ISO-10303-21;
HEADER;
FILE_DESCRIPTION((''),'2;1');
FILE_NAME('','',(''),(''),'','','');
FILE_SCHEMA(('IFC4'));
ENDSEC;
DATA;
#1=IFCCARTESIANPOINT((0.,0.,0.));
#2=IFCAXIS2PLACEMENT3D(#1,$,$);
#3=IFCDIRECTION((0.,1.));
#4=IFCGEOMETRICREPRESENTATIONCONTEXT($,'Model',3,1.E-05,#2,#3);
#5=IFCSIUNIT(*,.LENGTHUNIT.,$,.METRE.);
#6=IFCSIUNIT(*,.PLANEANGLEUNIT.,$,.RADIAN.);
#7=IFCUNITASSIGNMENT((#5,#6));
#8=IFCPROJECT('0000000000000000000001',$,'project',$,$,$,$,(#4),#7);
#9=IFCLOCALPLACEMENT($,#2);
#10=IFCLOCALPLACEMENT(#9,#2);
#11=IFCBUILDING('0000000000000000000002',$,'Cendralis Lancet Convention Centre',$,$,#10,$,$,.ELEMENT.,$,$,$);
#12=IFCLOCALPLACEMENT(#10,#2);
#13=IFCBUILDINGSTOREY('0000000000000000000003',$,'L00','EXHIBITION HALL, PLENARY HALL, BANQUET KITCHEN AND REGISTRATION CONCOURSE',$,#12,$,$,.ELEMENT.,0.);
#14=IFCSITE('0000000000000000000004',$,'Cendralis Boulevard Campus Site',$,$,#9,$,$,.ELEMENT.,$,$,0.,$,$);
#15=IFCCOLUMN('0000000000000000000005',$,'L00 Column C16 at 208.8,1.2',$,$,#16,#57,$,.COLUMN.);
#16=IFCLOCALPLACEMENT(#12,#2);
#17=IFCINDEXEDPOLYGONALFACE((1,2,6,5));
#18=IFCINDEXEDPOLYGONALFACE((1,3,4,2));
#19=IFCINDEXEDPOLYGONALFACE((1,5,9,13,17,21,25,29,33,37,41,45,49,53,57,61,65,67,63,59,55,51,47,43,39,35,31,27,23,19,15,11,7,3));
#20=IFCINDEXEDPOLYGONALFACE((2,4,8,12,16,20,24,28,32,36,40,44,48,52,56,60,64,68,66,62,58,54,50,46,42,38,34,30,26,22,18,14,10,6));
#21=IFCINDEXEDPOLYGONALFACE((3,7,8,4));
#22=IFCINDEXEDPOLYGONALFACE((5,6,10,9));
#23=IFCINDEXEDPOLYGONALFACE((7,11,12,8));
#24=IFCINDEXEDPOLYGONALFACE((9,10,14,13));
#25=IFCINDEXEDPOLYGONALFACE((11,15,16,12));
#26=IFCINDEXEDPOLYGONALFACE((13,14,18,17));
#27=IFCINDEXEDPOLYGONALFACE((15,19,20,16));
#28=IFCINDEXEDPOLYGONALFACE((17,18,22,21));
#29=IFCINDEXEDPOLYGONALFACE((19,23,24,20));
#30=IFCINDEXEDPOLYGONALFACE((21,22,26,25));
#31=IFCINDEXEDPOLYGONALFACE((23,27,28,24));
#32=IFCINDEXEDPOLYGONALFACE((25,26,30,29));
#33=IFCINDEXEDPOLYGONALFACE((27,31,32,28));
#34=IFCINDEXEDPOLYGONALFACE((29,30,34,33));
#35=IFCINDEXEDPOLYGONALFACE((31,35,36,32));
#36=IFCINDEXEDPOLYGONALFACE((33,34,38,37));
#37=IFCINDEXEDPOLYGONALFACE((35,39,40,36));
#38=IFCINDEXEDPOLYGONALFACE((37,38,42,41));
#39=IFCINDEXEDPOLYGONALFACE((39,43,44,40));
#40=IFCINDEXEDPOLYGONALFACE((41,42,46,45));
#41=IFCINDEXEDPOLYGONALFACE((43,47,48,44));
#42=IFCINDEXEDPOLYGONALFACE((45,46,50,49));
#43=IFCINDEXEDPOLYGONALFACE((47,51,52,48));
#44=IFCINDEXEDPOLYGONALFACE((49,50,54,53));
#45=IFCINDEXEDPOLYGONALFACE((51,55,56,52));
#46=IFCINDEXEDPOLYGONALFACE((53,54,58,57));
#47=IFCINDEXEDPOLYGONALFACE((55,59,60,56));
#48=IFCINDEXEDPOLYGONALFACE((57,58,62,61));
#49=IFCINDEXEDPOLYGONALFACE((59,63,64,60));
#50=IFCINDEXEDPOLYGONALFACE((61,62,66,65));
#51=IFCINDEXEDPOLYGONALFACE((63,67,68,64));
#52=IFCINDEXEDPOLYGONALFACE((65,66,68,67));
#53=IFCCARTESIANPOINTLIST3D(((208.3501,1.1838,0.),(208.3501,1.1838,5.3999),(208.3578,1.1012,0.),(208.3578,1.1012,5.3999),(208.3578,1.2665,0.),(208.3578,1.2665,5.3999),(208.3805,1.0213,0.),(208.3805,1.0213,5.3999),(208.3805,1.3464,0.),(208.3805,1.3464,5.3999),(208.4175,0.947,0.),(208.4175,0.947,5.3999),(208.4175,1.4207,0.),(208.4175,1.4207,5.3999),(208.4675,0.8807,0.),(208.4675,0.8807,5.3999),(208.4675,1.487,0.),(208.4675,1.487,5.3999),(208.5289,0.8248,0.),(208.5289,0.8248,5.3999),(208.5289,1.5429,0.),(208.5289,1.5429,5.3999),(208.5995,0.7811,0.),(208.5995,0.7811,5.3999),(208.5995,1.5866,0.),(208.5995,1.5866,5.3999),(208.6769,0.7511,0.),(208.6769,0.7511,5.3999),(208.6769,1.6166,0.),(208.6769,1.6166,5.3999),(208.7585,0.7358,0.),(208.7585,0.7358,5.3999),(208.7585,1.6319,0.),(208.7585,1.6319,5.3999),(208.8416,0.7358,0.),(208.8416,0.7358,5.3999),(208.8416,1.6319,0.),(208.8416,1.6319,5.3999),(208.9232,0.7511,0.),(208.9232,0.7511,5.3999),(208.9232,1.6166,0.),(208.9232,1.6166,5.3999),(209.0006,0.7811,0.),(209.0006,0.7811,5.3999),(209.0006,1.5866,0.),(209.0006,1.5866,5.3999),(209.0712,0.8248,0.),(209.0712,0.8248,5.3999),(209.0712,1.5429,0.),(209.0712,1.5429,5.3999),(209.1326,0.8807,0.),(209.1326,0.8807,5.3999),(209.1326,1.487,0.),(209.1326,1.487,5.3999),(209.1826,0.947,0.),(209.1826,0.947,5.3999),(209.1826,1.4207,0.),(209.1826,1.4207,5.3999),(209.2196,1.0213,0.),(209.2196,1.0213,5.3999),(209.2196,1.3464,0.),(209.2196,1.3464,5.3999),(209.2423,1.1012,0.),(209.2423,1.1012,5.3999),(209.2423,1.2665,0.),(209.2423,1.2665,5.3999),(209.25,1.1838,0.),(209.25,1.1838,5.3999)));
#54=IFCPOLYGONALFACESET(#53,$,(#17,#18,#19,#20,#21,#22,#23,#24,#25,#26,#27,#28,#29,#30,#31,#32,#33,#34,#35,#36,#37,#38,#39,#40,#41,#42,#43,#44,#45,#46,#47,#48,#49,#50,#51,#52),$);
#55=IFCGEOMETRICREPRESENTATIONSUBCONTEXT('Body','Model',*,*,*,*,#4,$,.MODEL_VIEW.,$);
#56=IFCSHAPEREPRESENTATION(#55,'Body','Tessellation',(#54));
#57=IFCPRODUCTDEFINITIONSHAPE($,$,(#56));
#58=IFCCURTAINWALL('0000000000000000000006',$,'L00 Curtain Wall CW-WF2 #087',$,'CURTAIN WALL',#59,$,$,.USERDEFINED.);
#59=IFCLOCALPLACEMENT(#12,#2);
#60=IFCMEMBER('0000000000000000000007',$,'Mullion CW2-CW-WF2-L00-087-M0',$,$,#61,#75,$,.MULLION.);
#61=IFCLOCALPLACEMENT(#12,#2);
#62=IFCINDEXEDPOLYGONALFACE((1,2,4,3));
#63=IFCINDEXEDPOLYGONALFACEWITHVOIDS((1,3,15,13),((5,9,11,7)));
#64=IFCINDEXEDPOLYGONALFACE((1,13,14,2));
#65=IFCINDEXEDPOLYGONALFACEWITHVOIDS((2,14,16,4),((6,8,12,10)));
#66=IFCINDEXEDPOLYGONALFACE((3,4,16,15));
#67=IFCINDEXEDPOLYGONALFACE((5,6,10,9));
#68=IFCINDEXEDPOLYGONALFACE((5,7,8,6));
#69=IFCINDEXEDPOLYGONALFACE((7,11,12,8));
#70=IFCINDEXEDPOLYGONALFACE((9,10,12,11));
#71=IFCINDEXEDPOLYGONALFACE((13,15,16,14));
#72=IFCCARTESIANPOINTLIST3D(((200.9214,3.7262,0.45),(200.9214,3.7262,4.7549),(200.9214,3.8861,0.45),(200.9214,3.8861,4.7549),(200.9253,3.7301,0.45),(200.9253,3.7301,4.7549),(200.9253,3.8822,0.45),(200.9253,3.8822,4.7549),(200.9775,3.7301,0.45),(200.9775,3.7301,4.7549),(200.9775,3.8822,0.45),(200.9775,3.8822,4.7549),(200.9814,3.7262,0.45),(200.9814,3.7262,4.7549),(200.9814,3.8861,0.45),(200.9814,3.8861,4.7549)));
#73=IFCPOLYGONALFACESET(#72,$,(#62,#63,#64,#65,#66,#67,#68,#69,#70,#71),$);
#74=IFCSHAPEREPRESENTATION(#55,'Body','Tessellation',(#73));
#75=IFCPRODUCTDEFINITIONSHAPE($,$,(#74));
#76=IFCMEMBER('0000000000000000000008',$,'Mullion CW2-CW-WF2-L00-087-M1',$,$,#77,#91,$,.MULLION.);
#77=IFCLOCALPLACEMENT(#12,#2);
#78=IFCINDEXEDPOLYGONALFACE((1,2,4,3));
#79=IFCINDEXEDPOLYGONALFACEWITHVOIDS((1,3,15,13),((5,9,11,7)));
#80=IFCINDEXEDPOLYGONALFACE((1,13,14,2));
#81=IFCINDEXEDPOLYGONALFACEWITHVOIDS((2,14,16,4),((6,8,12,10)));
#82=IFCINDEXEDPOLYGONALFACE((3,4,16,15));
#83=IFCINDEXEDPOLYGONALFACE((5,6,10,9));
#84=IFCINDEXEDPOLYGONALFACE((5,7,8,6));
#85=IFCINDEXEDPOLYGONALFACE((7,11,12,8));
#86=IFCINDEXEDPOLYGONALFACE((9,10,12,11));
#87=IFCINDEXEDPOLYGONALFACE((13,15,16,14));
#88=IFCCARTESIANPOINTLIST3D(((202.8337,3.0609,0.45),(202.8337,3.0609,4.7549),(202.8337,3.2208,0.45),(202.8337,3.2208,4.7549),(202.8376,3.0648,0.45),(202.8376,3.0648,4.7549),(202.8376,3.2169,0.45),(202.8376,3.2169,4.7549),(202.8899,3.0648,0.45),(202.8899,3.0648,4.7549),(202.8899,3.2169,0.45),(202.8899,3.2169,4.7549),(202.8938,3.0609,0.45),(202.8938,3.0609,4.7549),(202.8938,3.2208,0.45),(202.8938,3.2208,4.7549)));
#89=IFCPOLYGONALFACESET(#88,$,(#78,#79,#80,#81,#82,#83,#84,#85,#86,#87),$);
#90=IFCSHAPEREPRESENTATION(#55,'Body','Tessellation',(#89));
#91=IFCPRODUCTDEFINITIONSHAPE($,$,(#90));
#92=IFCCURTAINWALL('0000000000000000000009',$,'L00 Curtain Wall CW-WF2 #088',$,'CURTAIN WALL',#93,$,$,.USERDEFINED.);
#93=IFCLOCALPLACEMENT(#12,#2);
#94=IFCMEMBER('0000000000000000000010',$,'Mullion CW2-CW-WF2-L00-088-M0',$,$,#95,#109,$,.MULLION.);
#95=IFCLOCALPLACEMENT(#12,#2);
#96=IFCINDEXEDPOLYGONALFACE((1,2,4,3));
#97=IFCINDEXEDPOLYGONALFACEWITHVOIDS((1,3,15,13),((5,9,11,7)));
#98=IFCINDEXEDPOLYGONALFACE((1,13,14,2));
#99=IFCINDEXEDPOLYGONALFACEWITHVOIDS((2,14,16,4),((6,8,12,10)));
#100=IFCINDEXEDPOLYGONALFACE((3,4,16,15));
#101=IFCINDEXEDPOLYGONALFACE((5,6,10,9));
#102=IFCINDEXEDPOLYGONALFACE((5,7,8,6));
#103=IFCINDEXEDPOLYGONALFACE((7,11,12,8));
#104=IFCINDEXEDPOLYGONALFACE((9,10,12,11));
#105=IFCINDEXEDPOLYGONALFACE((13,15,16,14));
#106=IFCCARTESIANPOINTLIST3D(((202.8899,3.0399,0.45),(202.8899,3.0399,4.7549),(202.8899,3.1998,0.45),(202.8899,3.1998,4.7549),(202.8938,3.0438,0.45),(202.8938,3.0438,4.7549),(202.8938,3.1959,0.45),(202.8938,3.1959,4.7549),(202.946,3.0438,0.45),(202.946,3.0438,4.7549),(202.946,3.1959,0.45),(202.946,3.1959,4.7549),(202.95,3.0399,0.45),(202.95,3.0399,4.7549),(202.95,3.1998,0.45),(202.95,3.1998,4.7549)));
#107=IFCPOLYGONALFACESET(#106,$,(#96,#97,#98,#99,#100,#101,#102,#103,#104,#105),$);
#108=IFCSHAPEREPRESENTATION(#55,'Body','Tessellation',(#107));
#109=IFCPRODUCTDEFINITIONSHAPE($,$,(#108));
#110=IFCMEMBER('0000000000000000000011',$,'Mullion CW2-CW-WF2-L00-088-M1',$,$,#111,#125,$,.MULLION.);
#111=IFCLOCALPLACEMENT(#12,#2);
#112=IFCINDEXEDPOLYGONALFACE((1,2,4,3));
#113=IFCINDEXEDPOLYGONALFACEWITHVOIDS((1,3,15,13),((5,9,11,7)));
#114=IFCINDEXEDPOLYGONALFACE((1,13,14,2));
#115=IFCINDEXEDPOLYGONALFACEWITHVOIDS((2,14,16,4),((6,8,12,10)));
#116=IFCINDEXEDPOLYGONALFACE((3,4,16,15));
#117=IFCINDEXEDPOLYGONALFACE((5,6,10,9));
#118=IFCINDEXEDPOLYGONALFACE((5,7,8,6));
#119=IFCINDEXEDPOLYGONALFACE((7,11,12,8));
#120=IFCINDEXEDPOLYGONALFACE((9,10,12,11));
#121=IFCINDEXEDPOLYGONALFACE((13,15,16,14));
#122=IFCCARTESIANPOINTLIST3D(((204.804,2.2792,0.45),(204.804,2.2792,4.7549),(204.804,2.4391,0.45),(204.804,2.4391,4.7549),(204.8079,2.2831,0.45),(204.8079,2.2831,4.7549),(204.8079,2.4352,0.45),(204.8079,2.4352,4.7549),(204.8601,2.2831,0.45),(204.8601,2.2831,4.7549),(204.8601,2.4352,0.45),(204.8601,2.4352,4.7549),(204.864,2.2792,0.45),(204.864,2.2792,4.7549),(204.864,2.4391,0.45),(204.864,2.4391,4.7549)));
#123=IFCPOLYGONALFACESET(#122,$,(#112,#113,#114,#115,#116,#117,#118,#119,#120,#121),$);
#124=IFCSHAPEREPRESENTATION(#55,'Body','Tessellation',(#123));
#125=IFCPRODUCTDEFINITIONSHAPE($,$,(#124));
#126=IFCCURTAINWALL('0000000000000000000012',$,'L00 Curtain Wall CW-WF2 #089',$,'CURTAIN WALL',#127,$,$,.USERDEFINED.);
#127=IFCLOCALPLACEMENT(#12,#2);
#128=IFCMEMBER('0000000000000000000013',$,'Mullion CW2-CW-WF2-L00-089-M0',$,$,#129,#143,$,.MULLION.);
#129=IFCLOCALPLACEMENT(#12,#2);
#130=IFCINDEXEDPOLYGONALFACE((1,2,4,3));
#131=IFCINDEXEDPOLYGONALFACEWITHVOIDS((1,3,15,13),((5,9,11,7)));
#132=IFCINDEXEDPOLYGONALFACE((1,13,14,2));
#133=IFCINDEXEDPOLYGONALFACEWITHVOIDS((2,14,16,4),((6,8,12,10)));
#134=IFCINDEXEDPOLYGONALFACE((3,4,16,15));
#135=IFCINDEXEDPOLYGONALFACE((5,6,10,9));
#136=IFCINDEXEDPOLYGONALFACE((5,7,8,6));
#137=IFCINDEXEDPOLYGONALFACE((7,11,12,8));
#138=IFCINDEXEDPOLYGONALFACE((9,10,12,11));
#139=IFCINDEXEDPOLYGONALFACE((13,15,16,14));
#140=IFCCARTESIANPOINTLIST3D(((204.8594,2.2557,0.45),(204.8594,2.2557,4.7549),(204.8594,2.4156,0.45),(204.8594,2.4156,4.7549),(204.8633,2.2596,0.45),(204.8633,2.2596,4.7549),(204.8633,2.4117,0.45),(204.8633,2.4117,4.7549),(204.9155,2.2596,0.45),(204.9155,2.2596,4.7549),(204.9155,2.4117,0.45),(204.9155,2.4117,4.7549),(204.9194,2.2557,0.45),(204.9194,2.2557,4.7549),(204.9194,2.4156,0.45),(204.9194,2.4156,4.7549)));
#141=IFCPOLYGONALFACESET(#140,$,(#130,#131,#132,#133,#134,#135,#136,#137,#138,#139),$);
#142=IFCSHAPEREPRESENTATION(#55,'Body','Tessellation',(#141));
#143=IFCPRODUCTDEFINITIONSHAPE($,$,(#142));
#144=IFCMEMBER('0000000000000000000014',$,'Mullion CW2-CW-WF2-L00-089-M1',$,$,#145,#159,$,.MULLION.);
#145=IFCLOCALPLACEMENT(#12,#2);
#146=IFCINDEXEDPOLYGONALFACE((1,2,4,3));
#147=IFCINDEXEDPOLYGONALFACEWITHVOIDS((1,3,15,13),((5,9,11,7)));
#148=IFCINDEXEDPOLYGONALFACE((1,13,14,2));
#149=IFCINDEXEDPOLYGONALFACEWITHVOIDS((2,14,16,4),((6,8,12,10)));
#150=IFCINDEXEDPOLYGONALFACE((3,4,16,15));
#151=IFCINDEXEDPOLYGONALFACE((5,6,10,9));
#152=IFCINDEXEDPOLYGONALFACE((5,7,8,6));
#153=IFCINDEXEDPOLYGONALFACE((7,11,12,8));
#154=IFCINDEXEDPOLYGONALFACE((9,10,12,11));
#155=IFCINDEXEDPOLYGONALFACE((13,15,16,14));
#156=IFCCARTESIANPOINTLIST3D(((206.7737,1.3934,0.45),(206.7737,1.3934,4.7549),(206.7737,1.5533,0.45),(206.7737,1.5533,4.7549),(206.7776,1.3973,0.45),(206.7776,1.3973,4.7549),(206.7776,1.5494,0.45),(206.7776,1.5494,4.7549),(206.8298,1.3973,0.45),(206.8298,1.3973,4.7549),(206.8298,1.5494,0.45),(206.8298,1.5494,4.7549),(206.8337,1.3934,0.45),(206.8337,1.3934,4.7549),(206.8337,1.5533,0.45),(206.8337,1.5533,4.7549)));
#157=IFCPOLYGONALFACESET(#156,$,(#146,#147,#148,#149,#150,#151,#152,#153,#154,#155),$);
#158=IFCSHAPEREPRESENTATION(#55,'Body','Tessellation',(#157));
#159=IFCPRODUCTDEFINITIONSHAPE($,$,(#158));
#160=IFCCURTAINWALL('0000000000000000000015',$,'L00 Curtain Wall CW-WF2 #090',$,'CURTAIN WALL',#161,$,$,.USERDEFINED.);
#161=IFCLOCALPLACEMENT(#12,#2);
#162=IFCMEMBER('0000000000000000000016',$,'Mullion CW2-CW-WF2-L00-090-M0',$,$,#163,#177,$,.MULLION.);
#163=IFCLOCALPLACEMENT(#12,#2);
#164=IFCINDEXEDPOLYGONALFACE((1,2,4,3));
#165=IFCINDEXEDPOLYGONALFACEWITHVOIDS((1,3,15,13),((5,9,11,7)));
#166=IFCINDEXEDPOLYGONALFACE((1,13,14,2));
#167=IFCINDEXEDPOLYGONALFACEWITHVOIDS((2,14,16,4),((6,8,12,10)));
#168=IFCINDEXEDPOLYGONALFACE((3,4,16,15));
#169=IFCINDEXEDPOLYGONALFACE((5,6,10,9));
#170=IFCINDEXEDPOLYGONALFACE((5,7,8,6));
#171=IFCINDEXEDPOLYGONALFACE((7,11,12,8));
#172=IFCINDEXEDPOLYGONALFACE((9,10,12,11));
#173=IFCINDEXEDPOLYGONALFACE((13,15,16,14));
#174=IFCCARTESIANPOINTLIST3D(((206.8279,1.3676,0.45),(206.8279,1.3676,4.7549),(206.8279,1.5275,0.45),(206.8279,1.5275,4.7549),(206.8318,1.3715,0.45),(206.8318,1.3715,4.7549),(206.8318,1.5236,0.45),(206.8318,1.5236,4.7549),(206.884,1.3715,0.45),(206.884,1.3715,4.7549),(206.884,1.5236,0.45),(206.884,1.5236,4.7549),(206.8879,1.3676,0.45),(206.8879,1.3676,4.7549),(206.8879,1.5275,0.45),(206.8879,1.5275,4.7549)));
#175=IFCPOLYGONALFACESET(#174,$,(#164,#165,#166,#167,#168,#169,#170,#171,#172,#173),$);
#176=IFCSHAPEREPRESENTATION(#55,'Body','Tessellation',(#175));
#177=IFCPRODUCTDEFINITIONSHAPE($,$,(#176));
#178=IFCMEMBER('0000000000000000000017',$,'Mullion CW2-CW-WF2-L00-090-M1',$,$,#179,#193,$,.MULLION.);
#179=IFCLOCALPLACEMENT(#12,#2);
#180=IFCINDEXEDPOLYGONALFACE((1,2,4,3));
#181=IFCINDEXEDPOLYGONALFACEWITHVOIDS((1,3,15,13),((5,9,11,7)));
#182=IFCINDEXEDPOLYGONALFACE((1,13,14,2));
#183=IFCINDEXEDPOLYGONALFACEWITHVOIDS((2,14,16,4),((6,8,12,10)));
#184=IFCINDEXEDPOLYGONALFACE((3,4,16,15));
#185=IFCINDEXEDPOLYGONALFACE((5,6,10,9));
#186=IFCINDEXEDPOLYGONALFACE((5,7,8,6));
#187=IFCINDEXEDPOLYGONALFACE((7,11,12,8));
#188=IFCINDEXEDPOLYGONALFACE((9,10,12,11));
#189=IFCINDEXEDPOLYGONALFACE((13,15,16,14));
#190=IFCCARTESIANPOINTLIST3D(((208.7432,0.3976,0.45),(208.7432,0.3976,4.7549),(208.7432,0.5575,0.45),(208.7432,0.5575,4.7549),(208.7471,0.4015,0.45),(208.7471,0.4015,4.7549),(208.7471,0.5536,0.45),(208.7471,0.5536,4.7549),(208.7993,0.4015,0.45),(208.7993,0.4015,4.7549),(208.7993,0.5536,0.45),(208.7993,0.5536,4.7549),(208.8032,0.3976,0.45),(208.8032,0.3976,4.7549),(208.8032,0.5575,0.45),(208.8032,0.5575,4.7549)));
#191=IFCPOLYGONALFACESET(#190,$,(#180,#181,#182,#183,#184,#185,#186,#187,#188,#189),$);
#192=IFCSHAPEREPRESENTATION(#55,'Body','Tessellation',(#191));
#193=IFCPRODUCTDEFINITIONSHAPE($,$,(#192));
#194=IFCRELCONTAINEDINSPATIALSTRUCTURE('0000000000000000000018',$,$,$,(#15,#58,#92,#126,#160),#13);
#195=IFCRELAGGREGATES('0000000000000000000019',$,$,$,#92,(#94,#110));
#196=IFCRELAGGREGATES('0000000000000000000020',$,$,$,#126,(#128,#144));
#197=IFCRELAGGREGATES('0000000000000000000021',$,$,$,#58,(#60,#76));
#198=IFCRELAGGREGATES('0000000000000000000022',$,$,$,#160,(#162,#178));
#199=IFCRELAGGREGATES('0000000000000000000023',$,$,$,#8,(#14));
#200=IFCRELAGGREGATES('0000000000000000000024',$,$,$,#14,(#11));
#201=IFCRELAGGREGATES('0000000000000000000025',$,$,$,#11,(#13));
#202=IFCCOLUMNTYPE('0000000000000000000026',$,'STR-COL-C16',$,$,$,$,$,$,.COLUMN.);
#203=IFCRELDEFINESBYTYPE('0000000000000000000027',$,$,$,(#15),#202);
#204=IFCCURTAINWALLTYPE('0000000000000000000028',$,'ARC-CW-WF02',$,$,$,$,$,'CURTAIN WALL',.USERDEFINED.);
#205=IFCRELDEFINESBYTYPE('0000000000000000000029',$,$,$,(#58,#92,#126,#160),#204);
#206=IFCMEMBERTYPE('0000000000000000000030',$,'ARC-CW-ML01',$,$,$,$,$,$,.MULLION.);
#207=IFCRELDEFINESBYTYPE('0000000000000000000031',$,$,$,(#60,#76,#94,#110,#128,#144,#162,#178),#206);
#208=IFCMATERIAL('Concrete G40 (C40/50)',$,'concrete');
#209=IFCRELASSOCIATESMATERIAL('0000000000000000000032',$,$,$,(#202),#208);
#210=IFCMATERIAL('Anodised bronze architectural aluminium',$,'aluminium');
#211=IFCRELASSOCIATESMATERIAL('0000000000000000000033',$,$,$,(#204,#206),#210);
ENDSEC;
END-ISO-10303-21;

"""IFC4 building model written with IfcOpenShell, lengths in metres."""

from ifc_helpers import new_model, si_unit, direction, frame, origin, origin_2d, place, context, subcontext, project, spatial, hollow_rectangle, circle, extrude, material, material_profile, profile_set, type_object, element, aggregate, save


model = new_model("IFC4")

# Units and contexts
model_context = context("Model", 3, precision=1e-05, world=origin(), true_north=direction((0.0, 1.0)))
body_context = subcontext(model_context, "Body", "Model", "MODEL_VIEW")
ifc_project = project(units=[si_unit("LENGTHUNIT", "METRE"), si_unit("PLANEANGLEUNIT", "RADIAN")], contexts=[model_context])

# Site, building, storey
site_placement = place(None, origin())
site = spatial("IfcSite", under=ifc_project, at=site_placement, Name="Cendralis Boulevard Campus Site", CompositionType="ELEMENT", RefElevation=0.0)
building_placement = place(site_placement, origin())
building = spatial("IfcBuilding", under=site, at=building_placement, Name="Cendralis Lancet Convention Centre", CompositionType="ELEMENT")
storey_placement = place(building_placement, origin())
storey = spatial("IfcBuildingStorey", under=building, at=storey_placement, Name="L00", Description="EXHIBITION HALL, PLENARY HALL, BANQUET KITCHEN AND REGISTRATION CONCOURSE", CompositionType="ELEMENT", Elevation=0.0)

# Column
ifc_material_1 = material(Name="Concrete G40 (C40/50)", Category="concrete")
ifc_material_profile_1 = material_profile(ifc_material_1, circle(Radius=0.45, at=origin_2d()), Name="RC D900")
ifc_profile_set_1 = profile_set([ifc_material_profile_1], Name="Concrete G40 (C40/50)")
column_type = type_object("IfcColumnType", Name="STR-COL-C16", PredefinedType="COLUMN", material=ifc_profile_set_1)
column_placement = place(storey_placement, frame((208.8, 1.1838, 0.0), z_axis=(0.0, 0.0, 1.0), x_axis=(1.0, 0.0, 0.0)))
element("IfcColumn", 1, at=column_placement, inside=storey, type_object=column_type, Name="L00 Column C16 at 208.8,1.2", PredefinedType="COLUMN", context=body_context, shape_type="SweptSolid", body=[
    extrude(circle(Radius=0.45, at=origin_2d()), origin(), (0.0, 0.0, 1.0), 5.3999),
])

# Curtain walls, members
ifc_material_2 = material(Name="Anodised bronze architectural aluminium", Category="aluminium")
curtain_wall_type = type_object("IfcCurtainWallType", Name="ARC-CW-WF02", ElementType="CURTAIN WALL", PredefinedType="USERDEFINED", material=ifc_material_2)
curtain_wall_1_placement = place(storey_placement, origin())
curtain_wall_1 = element("IfcCurtainWall", 2, at=curtain_wall_1_placement, inside=storey, type_object=curtain_wall_type, Name="L00 Curtain Wall CW-WF2 #087", ObjectType="CURTAIN WALL", PredefinedType="USERDEFINED")
ifc_material_profile_2 = material_profile(ifc_material_2, hollow_rectangle(XDim=0.0601, YDim=0.1599, WallThickness=0.0039, at=origin_2d()), Name="AL-MULL 60x160x4.0")
ifc_profile_set_2 = profile_set([ifc_material_profile_2], Name="Anodised bronze architectural aluminium")
member_type_1 = type_object("IfcMemberType", Name="ARC-CW-ML01", PredefinedType="MULLION", material=ifc_profile_set_2)
member_1_placement = place(storey_placement, frame((200.9514, 3.8062, 0.45), z_axis=(0.0, 0.0, 1.0), x_axis=(1.0, 0.0, 0.0)))
member_1 = element("IfcMember", 3, at=member_1_placement, type_object=member_type_1, Name="Mullion CW2-CW-WF2-L00-087-M0", PredefinedType="MULLION", context=body_context, shape_type="SweptSolid", body=[
    extrude(hollow_rectangle(XDim=0.0601, YDim=0.1599, WallThickness=0.0039, at=origin_2d()), origin(), (0.0, 0.0, 1.0), 4.3049),
])
member_2_placement = place(storey_placement, frame((202.8638, 3.1409, 0.45), z_axis=(0.0, 0.0, 1.0), x_axis=(1.0, 0.0, 0.0)))
member_2 = element("IfcMember", 4, at=member_2_placement, type_object=member_type_1, Name="Mullion CW2-CW-WF2-L00-087-M1", PredefinedType="MULLION", context=body_context, shape_type="SweptSolid", body=[
    extrude(hollow_rectangle(XDim=0.0601, YDim=0.1599, WallThickness=0.0039, at=origin_2d()), origin(), (0.0, 0.0, 1.0), 4.3049),
])
curtain_wall_2_placement = place(storey_placement, origin())
curtain_wall_2 = element("IfcCurtainWall", 5, at=curtain_wall_2_placement, inside=storey, type_object=curtain_wall_type, Name="L00 Curtain Wall CW-WF2 #088", ObjectType="CURTAIN WALL", PredefinedType="USERDEFINED")
member_3_placement = place(storey_placement, frame((202.9199, 3.1199, 0.45), z_axis=(0.0, 0.0, 1.0), x_axis=(1.0, 0.0, 0.0)))
member_3 = element("IfcMember", 6, at=member_3_placement, type_object=member_type_1, Name="Mullion CW2-CW-WF2-L00-088-M0", PredefinedType="MULLION", context=body_context, shape_type="SweptSolid", body=[
    extrude(hollow_rectangle(XDim=0.0601, YDim=0.1599, WallThickness=0.0039, at=origin_2d()), origin(), (0.0, 0.0, 1.0), 4.3049),
])
member_4_placement = place(storey_placement, frame((204.834, 2.3591, 0.45), z_axis=(0.0, 0.0, 1.0), x_axis=(1.0, 0.0, 0.0)))
member_4 = element("IfcMember", 7, at=member_4_placement, type_object=member_type_1, Name="Mullion CW2-CW-WF2-L00-088-M1", PredefinedType="MULLION", context=body_context, shape_type="SweptSolid", body=[
    extrude(hollow_rectangle(XDim=0.0601, YDim=0.1599, WallThickness=0.0039, at=origin_2d()), origin(), (0.0, 0.0, 1.0), 4.3049),
])
curtain_wall_3_placement = place(storey_placement, origin())
curtain_wall_3 = element("IfcCurtainWall", 8, at=curtain_wall_3_placement, inside=storey, type_object=curtain_wall_type, Name="L00 Curtain Wall CW-WF2 #089", ObjectType="CURTAIN WALL", PredefinedType="USERDEFINED")
member_5_placement = place(storey_placement, frame((204.8894, 2.3357, 0.45), z_axis=(0.0, 0.0, 1.0), x_axis=(1.0, 0.0, 0.0)))
member_5 = element("IfcMember", 9, at=member_5_placement, type_object=member_type_1, Name="Mullion CW2-CW-WF2-L00-089-M0", PredefinedType="MULLION", context=body_context, shape_type="SweptSolid", body=[
    extrude(hollow_rectangle(XDim=0.0601, YDim=0.1599, WallThickness=0.0039, at=origin_2d()), origin(), (0.0, 0.0, 1.0), 4.3049),
])
member_6_placement = place(storey_placement, frame((206.8037, 1.4734, 0.45), z_axis=(0.0, 0.0, 1.0), x_axis=(1.0, 0.0, 0.0)))
member_6 = element("IfcMember", 10, at=member_6_placement, type_object=member_type_1, Name="Mullion CW2-CW-WF2-L00-089-M1", PredefinedType="MULLION", context=body_context, shape_type="SweptSolid", body=[
    extrude(hollow_rectangle(XDim=0.0601, YDim=0.1599, WallThickness=0.0039, at=origin_2d()), origin(), (0.0, 0.0, 1.0), 4.3049),
])
curtain_wall_4_placement = place(storey_placement, origin())
curtain_wall_4 = element("IfcCurtainWall", 11, at=curtain_wall_4_placement, inside=storey, type_object=curtain_wall_type, Name="L00 Curtain Wall CW-WF2 #090", ObjectType="CURTAIN WALL", PredefinedType="USERDEFINED")
member_7_placement = place(storey_placement, frame((206.8579, 1.4475, 0.45), z_axis=(0.0, 0.0, 1.0), x_axis=(1.0, 0.0, 0.0)))
member_7 = element("IfcMember", 12, at=member_7_placement, type_object=member_type_1, Name="Mullion CW2-CW-WF2-L00-090-M0", PredefinedType="MULLION", context=body_context, shape_type="SweptSolid", body=[
    extrude(hollow_rectangle(XDim=0.0601, YDim=0.1599, WallThickness=0.0039, at=origin_2d()), origin(), (0.0, 0.0, 1.0), 4.3049),
])
member_8_placement = place(storey_placement, frame((208.7732, 0.4775, 0.45), z_axis=(0.0, 0.0, 1.0), x_axis=(1.0, 0.0, 0.0)))
member_8 = element("IfcMember", 13, at=member_8_placement, type_object=member_type_1, Name="Mullion CW2-CW-WF2-L00-090-M1", PredefinedType="MULLION", context=body_context, shape_type="SweptSolid", body=[
    extrude(hollow_rectangle(XDim=0.0601, YDim=0.1599, WallThickness=0.0039, at=origin_2d()), origin(), (0.0, 0.0, 1.0), 4.3049),
])

aggregate(curtain_wall_2, [member_3, member_4])
aggregate(curtain_wall_3, [member_5, member_6])
aggregate(curtain_wall_1, [member_1, member_2])
aggregate(curtain_wall_4, [member_7, member_8])

save(model, "model.ifc")
